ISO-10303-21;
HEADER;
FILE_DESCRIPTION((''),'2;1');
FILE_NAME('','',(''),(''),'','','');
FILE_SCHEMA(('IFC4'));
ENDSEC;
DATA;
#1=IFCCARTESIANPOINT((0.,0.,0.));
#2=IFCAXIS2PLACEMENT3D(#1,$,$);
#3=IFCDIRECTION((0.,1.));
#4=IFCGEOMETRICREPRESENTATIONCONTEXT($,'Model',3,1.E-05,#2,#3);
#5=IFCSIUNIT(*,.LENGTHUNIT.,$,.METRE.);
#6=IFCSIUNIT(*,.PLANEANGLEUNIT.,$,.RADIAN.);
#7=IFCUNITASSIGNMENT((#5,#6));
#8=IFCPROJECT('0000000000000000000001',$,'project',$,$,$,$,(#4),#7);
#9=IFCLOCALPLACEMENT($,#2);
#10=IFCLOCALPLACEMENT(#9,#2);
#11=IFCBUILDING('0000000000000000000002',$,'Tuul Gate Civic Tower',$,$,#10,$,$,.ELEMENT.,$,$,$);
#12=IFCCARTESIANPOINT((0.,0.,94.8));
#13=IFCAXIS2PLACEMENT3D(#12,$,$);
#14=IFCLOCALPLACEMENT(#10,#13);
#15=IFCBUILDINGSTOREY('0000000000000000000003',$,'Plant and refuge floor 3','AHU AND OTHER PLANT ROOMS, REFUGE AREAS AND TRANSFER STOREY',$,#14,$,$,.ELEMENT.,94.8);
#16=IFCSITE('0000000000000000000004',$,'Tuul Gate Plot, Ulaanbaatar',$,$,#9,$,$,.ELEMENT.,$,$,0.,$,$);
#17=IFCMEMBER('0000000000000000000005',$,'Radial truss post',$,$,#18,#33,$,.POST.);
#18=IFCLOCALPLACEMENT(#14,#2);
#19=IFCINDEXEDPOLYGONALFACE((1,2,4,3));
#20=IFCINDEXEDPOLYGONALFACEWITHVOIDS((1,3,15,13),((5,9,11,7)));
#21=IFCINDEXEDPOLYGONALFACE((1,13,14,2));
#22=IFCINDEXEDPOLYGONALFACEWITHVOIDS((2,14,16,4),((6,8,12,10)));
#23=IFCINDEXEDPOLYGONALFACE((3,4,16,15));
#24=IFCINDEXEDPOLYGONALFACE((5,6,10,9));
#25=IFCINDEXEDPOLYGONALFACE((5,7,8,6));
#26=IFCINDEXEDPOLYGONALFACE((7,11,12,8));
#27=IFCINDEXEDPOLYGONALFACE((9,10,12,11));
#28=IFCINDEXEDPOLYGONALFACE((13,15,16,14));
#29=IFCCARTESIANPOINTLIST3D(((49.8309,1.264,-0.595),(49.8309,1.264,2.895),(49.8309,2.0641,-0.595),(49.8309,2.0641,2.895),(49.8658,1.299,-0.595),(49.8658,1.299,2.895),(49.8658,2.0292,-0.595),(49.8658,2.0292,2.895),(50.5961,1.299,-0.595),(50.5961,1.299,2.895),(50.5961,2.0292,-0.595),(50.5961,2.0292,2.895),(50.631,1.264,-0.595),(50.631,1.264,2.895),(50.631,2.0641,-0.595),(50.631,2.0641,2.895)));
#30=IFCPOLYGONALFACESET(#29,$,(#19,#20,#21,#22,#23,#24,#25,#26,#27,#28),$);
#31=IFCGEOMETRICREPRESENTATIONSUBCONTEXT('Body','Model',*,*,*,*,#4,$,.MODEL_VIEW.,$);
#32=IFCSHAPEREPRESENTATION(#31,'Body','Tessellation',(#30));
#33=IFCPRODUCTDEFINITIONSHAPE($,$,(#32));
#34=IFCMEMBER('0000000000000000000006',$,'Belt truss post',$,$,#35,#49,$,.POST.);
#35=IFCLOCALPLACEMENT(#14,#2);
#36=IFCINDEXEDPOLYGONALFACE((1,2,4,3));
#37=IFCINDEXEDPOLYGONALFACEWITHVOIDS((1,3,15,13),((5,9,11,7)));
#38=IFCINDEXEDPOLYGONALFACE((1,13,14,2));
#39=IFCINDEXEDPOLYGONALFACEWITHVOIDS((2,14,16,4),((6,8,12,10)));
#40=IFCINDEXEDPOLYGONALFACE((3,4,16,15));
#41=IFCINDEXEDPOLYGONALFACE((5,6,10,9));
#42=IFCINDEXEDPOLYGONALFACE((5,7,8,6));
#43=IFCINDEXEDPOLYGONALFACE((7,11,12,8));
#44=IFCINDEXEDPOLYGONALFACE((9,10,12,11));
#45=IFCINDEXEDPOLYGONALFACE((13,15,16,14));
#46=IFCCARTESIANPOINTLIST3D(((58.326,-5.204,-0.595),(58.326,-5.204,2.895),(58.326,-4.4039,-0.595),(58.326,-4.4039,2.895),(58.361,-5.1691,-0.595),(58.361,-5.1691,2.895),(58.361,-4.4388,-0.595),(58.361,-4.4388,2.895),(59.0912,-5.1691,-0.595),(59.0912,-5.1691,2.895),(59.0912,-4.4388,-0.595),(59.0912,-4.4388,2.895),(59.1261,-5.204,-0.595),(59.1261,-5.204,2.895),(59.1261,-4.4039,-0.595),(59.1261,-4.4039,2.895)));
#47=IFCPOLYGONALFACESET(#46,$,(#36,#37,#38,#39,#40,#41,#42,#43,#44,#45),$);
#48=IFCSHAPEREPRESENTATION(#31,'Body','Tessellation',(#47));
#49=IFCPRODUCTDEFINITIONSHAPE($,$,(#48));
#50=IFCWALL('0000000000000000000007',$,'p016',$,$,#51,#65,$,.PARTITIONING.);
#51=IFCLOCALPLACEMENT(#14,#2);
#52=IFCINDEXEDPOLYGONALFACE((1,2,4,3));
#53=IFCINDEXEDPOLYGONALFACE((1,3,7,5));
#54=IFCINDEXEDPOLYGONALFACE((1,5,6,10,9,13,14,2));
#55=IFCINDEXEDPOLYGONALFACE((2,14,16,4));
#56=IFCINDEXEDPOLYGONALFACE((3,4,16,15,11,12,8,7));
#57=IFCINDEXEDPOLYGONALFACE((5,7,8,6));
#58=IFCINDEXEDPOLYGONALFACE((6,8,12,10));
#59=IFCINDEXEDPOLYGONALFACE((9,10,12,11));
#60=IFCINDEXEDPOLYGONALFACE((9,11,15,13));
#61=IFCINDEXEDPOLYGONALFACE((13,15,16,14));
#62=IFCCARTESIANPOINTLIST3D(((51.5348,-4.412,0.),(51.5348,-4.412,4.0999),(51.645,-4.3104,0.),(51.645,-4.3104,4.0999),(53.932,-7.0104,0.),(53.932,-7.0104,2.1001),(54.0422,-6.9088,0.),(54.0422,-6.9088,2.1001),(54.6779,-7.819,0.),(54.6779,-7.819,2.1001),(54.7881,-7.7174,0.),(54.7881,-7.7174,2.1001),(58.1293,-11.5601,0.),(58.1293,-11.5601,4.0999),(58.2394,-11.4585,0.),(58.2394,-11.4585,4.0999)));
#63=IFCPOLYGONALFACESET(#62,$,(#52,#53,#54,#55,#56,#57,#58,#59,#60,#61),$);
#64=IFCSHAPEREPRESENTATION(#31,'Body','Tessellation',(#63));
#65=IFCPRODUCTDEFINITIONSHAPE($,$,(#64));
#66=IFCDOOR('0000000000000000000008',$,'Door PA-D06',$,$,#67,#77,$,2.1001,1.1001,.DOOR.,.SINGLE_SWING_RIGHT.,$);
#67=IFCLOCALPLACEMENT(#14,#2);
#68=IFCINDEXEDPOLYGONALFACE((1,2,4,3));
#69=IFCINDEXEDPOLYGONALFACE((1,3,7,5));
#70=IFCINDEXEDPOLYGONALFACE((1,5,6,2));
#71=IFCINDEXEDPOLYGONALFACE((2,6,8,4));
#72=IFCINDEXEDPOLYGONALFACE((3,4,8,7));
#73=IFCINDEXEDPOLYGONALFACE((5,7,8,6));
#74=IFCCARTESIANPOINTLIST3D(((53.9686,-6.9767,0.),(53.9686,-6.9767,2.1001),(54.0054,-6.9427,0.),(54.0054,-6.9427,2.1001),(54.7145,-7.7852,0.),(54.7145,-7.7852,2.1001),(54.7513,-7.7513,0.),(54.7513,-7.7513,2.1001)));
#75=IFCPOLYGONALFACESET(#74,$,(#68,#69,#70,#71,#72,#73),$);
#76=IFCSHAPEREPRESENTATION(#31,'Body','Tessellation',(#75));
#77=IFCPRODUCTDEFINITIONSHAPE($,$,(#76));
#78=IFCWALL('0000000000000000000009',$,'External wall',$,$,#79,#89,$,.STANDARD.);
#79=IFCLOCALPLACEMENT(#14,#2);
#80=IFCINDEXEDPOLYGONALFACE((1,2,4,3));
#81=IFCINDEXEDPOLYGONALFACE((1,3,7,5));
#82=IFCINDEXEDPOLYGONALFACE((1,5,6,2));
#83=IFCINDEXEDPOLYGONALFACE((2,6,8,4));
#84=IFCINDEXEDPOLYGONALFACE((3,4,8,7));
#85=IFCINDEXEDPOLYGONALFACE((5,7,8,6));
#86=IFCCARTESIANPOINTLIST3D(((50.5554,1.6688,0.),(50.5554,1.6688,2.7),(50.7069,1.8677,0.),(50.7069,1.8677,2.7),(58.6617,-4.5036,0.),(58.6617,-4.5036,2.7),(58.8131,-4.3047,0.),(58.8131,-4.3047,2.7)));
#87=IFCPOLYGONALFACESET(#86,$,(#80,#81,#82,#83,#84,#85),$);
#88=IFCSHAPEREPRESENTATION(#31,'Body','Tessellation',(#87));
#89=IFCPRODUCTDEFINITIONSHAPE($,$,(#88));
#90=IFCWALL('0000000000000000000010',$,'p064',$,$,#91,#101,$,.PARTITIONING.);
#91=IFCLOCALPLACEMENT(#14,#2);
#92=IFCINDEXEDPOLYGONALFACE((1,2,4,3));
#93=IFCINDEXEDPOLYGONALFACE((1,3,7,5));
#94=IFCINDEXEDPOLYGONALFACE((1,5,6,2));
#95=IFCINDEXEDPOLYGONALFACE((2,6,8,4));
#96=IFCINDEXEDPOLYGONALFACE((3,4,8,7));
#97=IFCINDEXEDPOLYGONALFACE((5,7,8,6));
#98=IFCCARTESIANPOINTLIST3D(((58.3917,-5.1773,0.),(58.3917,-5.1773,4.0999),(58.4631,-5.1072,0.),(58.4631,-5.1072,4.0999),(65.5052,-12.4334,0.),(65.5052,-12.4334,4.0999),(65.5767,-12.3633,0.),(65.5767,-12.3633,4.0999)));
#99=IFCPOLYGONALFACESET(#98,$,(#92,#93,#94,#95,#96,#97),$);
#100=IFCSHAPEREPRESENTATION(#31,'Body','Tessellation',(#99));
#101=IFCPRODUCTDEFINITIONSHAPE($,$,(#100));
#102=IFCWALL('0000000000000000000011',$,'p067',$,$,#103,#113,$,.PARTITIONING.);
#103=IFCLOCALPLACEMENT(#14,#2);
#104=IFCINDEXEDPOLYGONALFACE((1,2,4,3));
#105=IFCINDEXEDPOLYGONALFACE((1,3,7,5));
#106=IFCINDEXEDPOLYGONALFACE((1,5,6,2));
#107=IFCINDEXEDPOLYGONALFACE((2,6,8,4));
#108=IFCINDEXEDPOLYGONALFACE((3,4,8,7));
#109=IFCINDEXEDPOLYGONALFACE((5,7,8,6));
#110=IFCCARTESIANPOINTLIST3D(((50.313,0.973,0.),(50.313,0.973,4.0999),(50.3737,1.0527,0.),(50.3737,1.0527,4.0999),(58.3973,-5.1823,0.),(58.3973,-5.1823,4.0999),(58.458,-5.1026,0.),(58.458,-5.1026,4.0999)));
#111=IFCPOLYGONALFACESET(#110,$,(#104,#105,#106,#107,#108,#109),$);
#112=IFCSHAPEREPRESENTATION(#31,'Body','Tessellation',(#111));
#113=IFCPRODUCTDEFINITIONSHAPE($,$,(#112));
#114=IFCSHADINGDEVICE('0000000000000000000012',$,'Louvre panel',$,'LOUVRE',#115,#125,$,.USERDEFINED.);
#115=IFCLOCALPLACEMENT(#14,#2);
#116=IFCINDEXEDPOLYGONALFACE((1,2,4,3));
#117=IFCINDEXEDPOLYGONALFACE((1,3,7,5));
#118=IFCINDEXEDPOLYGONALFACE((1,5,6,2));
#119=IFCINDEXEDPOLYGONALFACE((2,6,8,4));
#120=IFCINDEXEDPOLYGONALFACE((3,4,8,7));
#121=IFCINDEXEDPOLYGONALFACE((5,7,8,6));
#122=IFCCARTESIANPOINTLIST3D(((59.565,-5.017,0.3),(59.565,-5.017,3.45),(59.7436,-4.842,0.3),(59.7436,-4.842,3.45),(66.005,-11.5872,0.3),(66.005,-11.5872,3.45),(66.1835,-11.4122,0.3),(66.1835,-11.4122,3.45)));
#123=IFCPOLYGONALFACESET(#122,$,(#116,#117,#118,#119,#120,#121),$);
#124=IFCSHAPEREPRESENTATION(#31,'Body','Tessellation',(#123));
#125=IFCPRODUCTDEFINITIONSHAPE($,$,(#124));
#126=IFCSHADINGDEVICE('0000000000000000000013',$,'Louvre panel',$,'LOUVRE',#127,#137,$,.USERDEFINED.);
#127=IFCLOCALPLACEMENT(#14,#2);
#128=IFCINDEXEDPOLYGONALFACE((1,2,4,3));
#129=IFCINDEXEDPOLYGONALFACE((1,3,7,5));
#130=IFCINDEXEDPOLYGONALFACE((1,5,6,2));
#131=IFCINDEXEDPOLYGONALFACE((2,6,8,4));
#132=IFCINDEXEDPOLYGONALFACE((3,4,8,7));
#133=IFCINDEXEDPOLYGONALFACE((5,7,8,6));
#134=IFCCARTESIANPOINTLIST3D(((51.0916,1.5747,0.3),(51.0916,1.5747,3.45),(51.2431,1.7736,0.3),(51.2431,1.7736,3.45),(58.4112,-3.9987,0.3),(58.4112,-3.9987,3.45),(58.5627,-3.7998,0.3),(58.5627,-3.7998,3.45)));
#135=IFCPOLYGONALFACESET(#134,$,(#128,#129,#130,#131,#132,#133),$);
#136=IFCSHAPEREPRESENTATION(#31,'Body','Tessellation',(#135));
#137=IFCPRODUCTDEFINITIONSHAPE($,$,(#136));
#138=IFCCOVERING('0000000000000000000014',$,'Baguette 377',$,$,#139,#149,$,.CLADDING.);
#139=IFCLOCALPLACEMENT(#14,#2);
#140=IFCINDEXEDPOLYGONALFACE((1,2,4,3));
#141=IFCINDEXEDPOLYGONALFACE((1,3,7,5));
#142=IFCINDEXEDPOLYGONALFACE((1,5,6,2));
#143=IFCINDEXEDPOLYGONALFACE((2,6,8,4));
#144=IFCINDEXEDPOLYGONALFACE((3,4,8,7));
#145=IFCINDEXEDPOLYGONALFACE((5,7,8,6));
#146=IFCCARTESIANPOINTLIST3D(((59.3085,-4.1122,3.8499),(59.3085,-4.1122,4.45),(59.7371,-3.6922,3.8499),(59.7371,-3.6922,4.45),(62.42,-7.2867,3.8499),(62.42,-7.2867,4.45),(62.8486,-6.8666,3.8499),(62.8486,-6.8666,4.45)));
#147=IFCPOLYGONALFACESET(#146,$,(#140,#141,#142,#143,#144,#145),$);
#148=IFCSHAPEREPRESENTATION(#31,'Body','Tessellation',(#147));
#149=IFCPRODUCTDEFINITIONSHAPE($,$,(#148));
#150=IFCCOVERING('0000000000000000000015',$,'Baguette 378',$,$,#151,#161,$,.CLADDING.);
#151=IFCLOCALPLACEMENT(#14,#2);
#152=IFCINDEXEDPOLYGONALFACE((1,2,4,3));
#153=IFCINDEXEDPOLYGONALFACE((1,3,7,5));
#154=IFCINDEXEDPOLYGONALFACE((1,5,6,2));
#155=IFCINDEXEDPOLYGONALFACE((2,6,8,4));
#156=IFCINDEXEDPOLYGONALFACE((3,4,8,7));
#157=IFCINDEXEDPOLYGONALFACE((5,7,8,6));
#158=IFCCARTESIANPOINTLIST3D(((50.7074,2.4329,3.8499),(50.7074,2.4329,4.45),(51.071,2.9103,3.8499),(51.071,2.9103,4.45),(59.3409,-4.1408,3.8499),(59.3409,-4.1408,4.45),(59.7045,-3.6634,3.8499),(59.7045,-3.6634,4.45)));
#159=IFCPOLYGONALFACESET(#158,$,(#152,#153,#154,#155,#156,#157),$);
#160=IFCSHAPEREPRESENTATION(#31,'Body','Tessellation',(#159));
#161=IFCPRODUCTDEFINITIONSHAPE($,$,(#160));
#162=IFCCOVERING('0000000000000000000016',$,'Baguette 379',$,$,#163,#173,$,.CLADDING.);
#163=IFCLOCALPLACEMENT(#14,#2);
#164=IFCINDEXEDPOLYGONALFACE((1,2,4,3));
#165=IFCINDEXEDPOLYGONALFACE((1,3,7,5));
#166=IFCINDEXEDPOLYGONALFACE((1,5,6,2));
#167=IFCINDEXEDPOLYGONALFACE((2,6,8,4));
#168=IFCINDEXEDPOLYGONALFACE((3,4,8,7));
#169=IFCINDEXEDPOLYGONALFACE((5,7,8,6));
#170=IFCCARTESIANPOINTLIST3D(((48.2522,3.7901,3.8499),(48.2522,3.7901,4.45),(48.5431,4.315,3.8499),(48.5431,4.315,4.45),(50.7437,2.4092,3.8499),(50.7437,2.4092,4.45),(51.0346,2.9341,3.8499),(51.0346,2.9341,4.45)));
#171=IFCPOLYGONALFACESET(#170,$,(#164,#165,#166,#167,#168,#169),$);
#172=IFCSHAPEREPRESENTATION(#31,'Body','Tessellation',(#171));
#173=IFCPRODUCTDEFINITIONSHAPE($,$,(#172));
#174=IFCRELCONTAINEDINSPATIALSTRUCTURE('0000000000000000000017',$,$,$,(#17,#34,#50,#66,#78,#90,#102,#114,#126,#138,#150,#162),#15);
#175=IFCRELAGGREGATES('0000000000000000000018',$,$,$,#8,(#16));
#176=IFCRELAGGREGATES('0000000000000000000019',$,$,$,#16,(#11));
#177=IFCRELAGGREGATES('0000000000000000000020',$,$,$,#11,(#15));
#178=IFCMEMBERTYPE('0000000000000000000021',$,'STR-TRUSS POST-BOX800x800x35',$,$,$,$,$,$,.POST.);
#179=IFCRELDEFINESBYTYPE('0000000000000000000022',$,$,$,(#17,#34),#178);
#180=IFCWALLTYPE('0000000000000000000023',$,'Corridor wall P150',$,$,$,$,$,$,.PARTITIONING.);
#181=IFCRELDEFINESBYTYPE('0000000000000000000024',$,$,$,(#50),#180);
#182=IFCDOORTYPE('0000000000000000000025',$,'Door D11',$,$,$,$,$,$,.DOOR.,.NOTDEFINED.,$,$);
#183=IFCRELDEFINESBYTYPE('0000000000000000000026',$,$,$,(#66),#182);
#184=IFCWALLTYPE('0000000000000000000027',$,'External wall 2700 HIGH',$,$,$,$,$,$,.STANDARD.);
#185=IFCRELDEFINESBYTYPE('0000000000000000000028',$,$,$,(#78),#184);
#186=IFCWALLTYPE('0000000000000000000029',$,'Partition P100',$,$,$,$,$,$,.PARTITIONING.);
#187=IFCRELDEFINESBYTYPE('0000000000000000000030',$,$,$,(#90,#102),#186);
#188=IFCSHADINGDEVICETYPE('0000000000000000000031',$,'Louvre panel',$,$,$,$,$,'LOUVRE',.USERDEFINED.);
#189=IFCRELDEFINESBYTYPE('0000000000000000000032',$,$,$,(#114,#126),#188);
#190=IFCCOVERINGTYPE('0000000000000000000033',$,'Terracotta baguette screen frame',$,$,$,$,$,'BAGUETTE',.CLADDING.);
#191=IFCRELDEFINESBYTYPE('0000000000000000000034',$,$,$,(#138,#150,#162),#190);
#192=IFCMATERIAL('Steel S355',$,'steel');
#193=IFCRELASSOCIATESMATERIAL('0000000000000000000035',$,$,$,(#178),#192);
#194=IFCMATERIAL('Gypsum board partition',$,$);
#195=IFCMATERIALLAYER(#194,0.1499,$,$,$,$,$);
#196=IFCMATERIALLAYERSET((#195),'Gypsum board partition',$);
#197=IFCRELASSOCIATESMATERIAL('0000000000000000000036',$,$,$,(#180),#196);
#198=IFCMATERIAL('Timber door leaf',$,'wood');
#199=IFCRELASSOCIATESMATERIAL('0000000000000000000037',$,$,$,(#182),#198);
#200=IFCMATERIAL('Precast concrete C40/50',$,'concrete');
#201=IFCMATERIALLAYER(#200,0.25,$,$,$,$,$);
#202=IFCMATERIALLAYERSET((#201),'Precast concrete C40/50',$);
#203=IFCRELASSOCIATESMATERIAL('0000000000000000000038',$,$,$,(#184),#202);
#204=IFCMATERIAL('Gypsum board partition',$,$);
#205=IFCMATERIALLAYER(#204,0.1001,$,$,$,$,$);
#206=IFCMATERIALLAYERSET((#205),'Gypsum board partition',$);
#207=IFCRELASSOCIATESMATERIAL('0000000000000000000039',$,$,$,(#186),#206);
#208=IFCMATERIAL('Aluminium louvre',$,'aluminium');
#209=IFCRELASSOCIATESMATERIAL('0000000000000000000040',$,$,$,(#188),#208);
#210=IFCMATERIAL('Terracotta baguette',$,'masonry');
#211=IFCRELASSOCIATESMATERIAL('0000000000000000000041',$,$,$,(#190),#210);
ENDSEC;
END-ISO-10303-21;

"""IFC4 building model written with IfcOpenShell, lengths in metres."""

from ifc_helpers import new_model, si_unit, direction, frame, frame_2d, origin, origin_2d, place, context, subcontext, project, spatial, rectangle, hollow_rectangle, extrude, material, layer, layer_set, material_profile, profile_set, type_object, element, fill, save


model = new_model("IFC4")

# Units and contexts
model_context = context("Model", 3, precision=1e-05, world=origin(), true_north=direction((0.0, 1.0)))
body_context = subcontext(model_context, "Body", "Model", "MODEL_VIEW")
ifc_project = project(units=[si_unit("LENGTHUNIT", "METRE"), si_unit("PLANEANGLEUNIT", "RADIAN")], contexts=[model_context])

# Site, building, storey
site_placement = place(None, origin())
site = spatial("IfcSite", under=ifc_project, at=site_placement, Name="Tuul Gate Plot, Ulaanbaatar", CompositionType="ELEMENT", RefElevation=0.0)
building_placement = place(site_placement, origin())
building = spatial("IfcBuilding", under=site, at=building_placement, Name="Tuul Gate Civic Tower", CompositionType="ELEMENT")
storey_placement = place(building_placement, frame((0.0, 0.0, 94.8)))
storey = spatial("IfcBuildingStorey", under=building, at=storey_placement, Name="Plant and refuge floor 3", Description="AHU AND OTHER PLANT ROOMS, REFUGE AREAS AND TRANSFER STOREY", CompositionType="ELEMENT", Elevation=94.8)

# Members
ifc_material_1 = material(Name="Steel S355", Category="steel")
ifc_material_profile_1 = material_profile(ifc_material_1, hollow_rectangle(XDim=0.8, YDim=0.8, WallThickness=0.0349, at=origin_2d()), Name="BOX800x800x35")
ifc_profile_set_1 = profile_set([ifc_material_profile_1], Name="Steel S355")
member_type_1 = type_object("IfcMemberType", Name="STR-TRUSS POST-BOX800x800x35", PredefinedType="POST", material=ifc_profile_set_1)
for number, where, z_axis, x_axis, name in (
    (1, (50.231, 1.6641, -0.595), (0.0, 0.0, 1.0), (1.0, 0.0, 0.0), "Radial truss post"),
    (2, (58.7261, -4.804, -0.595), (0.0, 0.0, 1.0), (1.0, 0.0, 0.0), "Belt truss post"),
):
    element("IfcMember", number, at=place(storey_placement, frame(where, z_axis=z_axis, x_axis=x_axis)), inside=storey, type_object=member_type_1, Name=name, PredefinedType="POST", context=body_context, shape_type="SweptSolid", body=[
        extrude(hollow_rectangle(XDim=0.8, YDim=0.8, WallThickness=0.0349, at=origin_2d()), origin(), (0.0, 0.0, 1.0), 3.49),
    ])

# Wall, opening, door
ifc_material_2 = material(Name="Gypsum board partition")
ifc_layer_1 = layer(ifc_material_2, 0.1499)
ifc_layer_set_1 = layer_set([ifc_layer_1], Name="Gypsum board partition")
wall_type_1 = type_object("IfcWallType", Name="Corridor wall P150", PredefinedType="PARTITIONING", material=ifc_layer_set_1)
wall_1_placement = place(storey_placement, frame((51.5898, -4.3611, 0.0), z_axis=(0.0, 0.0, 1.0), x_axis=(0.678066, -0.735001, 0.0)))
wall_1 = element("IfcWall", 3, at=wall_1_placement, inside=storey, type_object=wall_type_1, Name="p016", PredefinedType="PARTITIONING", context=body_context, shape_type="SweptSolid", body=[
    extrude(rectangle(XDim=9.7253, YDim=0.1499, at=frame_2d((4.8628, 0.0))), origin(), (0.0, 0.0, 1.0), 4.0999),
])
opening_placement = place(wall_1_placement, frame((3.5354, 0.0, 0.0)))
opening = element("IfcOpeningElement", 4, at=opening_placement, cuts=wall_1, PredefinedType="OPENING", context=body_context, shape_type="SweptSolid", body=[
    extrude(rectangle(XDim=1.1001, YDim=2.1001, at=frame_2d((0.55, 1.05))), frame((0.0, 0.085, 0.0), z_axis=(0.0, -1.0, 0.0), x_axis=(1.0, 0.0, 0.0)), (0.0, 0.0, 1.0), 0.1699),
])
ifc_material_3 = material(Name="Timber door leaf", Category="wood")
door_type = type_object("IfcDoorType", Name="Door D11", OperationType="NOTDEFINED", PredefinedType="DOOR", material=ifc_material_3)
door_placement = place(opening_placement, origin())
door = element("IfcDoor", 5, at=door_placement, inside=storey, type_object=door_type, Name="Door PA-D06", OperationType="SINGLE_SWING_RIGHT", OverallHeight=2.1001, OverallWidth=1.1001, PredefinedType="DOOR", context=body_context, shape_type="SweptSolid", body=[
    extrude(rectangle(XDim=1.1001, YDim=2.1001, at=frame_2d((0.55, 1.05))), frame((0.0, 0.0249, 0.0), z_axis=(0.0, -1.0, 0.0), x_axis=(1.0, 0.0, 0.0)), (0.0, 0.0, 1.0), 0.05),
])
fill(opening, door)

# Walls
ifc_material_4 = material(Name="Precast concrete C40/50", Category="concrete")
ifc_layer_2 = layer(ifc_material_4, 0.25)
ifc_layer_set_2 = layer_set([ifc_layer_2], Name="Precast concrete C40/50")
wall_type_2 = type_object("IfcWallType", Name="External wall 2700 HIGH", PredefinedType="STANDARD", material=ifc_layer_set_2)
wall_2_placement = place(storey_placement, frame((58.7373, -4.4041, 0.0), z_axis=(0.0, 0.0, 1.0), x_axis=(-0.795611, 0.605808, 0.0)))
element("IfcWall", 6, at=wall_2_placement, inside=storey, type_object=wall_type_2, Name="External wall", PredefinedType="STANDARD", context=body_context, shape_type="SweptSolid", body=[
    extrude(rectangle(XDim=10.1887, YDim=0.25, at=frame_2d((5.0942, 0.0))), origin(), (0.0, 0.0, 1.0), 2.7),
])
ifc_material_5 = material(Name="Gypsum board partition")
ifc_layer_3 = layer(ifc_material_5, 0.1001)
ifc_layer_set_3 = layer_set([ifc_layer_3], Name="Gypsum board partition")
wall_type_3 = type_object("IfcWallType", Name="Partition P100", PredefinedType="PARTITIONING", material=ifc_layer_set_3)
wall_3_placement = place(storey_placement, frame((58.4275, -5.1423, 0.0), z_axis=(0.0, 0.0, 1.0), x_axis=(0.700056, -0.714088, 0.0)))
element("IfcWall", 7, at=wall_3_placement, inside=storey, type_object=wall_type_3, Name="p064", PredefinedType="PARTITIONING", context=body_context, shape_type="SweptSolid", body=[
    extrude(rectangle(XDim=10.1614, YDim=0.1001, at=frame_2d((5.0806, 0.0))), origin(), (0.0, 0.0, 1.0), 4.0999),
])
wall_4_placement = place(storey_placement, frame((50.3433, 1.0129, 0.0), z_axis=(0.0, 0.0, 1.0), x_axis=(0.795628, -0.605785, 0.0)))
element("IfcWall", 8, at=wall_4_placement, inside=storey, type_object=wall_type_3, Name="p067", PredefinedType="PARTITIONING", context=body_context, shape_type="SweptSolid", body=[
    extrude(rectangle(XDim=10.1609, YDim=0.1001, at=frame_2d((5.0806, 0.0))), origin(), (0.0, 0.0, 1.0), 4.0999),
])

# Shading devices
ifc_material_6 = material(Name="Aluminium louvre", Category="aluminium")
shading_device_type = type_object("IfcShadingDeviceType", Name="Louvre panel", ElementType="LOUVRE", PredefinedType="USERDEFINED", material=ifc_material_6)
for number, where, z_axis, x_axis, name in (
    (9, (62.8743, -8.2146, 0.3), (0.0, 0.0, 1.0), (0.714146, 0.699997, 0.0), "Louvre panel"),
    (10, (54.8271, -1.1125, 0.3), (0.0, 0.0, 1.0), (0.605808, 0.795611, 0.0), "Louvre panel"),
):
    element("IfcShadingDevice", number, at=place(storey_placement, frame(where, z_axis=z_axis, x_axis=x_axis)), inside=storey, type_object=shading_device_type, Name=name, ObjectType="LOUVRE", PredefinedType="USERDEFINED", context=body_context, shape_type="SweptSolid", body=[
        extrude(rectangle(XDim=0.25, YDim=9.2, at=origin_2d()), origin(), (0.0, 0.0, 1.0), 3.1499),
    ])

# Coverings
ifc_material_7 = material(Name="Terracotta baguette", Category="masonry")
ifc_material_profile_2 = material_profile(ifc_material_7, rectangle(XDim=0.6001, YDim=0.6001, at=origin_2d()), Name="Terracotta baguette screen frame")
ifc_profile_set_2 = profile_set([ifc_material_profile_2], Name="Terracotta baguette")
covering_type = type_object("IfcCoveringType", Name="Terracotta baguette screen frame", ElementType="BAGUETTE", PredefinedType="CLADDING", material=ifc_profile_set_2)
covering_1_placement = place(storey_placement, frame((62.6343, -7.0767, 4.1499), z_axis=(-0.699986, 0.714156, 0.0), x_axis=(-0.714156, -0.699986, 0.0)))
element("IfcCovering", 11, at=covering_1_placement, inside=storey, type_object=covering_type, Name="Baguette 377", PredefinedType="CLADDING", context=body_context, shape_type="SweptSolid", body=[
    extrude(rectangle(XDim=0.6001, YDim=0.6001, at=origin_2d()), origin(), (0.0, 0.0, 1.0), 4.4451),
])
covering_2_placement = place(storey_placement, frame((59.5227, -3.9021, 4.1499), z_axis=(-0.795619, 0.605798, 0.0), x_axis=(-0.605798, -0.795619, 0.0)))
element("IfcCovering", 12, at=covering_2_placement, inside=storey, type_object=covering_type, Name="Baguette 378", PredefinedType="CLADDING", context=body_context, shape_type="SweptSolid", body=[
    extrude(rectangle(XDim=0.6001, YDim=0.6001, at=origin_2d()), origin(), (0.0, 0.0, 1.0), 10.8513),
])
covering_3_placement = place(storey_placement, frame((50.8892, 2.6716, 4.1499), z_axis=(-0.874646, 0.484762, 0.0), x_axis=(-0.484762, -0.874646, 0.0)))
element("IfcCovering", 13, at=covering_3_placement, inside=storey, type_object=covering_type, Name="Baguette 379", PredefinedType="CLADDING", context=body_context, shape_type="SweptSolid", body=[
    extrude(rectangle(XDim=0.6001, YDim=0.6001, at=origin_2d()), origin(), (0.0, 0.0, 1.0), 2.8486),
])

save(model, "model.ifc")
